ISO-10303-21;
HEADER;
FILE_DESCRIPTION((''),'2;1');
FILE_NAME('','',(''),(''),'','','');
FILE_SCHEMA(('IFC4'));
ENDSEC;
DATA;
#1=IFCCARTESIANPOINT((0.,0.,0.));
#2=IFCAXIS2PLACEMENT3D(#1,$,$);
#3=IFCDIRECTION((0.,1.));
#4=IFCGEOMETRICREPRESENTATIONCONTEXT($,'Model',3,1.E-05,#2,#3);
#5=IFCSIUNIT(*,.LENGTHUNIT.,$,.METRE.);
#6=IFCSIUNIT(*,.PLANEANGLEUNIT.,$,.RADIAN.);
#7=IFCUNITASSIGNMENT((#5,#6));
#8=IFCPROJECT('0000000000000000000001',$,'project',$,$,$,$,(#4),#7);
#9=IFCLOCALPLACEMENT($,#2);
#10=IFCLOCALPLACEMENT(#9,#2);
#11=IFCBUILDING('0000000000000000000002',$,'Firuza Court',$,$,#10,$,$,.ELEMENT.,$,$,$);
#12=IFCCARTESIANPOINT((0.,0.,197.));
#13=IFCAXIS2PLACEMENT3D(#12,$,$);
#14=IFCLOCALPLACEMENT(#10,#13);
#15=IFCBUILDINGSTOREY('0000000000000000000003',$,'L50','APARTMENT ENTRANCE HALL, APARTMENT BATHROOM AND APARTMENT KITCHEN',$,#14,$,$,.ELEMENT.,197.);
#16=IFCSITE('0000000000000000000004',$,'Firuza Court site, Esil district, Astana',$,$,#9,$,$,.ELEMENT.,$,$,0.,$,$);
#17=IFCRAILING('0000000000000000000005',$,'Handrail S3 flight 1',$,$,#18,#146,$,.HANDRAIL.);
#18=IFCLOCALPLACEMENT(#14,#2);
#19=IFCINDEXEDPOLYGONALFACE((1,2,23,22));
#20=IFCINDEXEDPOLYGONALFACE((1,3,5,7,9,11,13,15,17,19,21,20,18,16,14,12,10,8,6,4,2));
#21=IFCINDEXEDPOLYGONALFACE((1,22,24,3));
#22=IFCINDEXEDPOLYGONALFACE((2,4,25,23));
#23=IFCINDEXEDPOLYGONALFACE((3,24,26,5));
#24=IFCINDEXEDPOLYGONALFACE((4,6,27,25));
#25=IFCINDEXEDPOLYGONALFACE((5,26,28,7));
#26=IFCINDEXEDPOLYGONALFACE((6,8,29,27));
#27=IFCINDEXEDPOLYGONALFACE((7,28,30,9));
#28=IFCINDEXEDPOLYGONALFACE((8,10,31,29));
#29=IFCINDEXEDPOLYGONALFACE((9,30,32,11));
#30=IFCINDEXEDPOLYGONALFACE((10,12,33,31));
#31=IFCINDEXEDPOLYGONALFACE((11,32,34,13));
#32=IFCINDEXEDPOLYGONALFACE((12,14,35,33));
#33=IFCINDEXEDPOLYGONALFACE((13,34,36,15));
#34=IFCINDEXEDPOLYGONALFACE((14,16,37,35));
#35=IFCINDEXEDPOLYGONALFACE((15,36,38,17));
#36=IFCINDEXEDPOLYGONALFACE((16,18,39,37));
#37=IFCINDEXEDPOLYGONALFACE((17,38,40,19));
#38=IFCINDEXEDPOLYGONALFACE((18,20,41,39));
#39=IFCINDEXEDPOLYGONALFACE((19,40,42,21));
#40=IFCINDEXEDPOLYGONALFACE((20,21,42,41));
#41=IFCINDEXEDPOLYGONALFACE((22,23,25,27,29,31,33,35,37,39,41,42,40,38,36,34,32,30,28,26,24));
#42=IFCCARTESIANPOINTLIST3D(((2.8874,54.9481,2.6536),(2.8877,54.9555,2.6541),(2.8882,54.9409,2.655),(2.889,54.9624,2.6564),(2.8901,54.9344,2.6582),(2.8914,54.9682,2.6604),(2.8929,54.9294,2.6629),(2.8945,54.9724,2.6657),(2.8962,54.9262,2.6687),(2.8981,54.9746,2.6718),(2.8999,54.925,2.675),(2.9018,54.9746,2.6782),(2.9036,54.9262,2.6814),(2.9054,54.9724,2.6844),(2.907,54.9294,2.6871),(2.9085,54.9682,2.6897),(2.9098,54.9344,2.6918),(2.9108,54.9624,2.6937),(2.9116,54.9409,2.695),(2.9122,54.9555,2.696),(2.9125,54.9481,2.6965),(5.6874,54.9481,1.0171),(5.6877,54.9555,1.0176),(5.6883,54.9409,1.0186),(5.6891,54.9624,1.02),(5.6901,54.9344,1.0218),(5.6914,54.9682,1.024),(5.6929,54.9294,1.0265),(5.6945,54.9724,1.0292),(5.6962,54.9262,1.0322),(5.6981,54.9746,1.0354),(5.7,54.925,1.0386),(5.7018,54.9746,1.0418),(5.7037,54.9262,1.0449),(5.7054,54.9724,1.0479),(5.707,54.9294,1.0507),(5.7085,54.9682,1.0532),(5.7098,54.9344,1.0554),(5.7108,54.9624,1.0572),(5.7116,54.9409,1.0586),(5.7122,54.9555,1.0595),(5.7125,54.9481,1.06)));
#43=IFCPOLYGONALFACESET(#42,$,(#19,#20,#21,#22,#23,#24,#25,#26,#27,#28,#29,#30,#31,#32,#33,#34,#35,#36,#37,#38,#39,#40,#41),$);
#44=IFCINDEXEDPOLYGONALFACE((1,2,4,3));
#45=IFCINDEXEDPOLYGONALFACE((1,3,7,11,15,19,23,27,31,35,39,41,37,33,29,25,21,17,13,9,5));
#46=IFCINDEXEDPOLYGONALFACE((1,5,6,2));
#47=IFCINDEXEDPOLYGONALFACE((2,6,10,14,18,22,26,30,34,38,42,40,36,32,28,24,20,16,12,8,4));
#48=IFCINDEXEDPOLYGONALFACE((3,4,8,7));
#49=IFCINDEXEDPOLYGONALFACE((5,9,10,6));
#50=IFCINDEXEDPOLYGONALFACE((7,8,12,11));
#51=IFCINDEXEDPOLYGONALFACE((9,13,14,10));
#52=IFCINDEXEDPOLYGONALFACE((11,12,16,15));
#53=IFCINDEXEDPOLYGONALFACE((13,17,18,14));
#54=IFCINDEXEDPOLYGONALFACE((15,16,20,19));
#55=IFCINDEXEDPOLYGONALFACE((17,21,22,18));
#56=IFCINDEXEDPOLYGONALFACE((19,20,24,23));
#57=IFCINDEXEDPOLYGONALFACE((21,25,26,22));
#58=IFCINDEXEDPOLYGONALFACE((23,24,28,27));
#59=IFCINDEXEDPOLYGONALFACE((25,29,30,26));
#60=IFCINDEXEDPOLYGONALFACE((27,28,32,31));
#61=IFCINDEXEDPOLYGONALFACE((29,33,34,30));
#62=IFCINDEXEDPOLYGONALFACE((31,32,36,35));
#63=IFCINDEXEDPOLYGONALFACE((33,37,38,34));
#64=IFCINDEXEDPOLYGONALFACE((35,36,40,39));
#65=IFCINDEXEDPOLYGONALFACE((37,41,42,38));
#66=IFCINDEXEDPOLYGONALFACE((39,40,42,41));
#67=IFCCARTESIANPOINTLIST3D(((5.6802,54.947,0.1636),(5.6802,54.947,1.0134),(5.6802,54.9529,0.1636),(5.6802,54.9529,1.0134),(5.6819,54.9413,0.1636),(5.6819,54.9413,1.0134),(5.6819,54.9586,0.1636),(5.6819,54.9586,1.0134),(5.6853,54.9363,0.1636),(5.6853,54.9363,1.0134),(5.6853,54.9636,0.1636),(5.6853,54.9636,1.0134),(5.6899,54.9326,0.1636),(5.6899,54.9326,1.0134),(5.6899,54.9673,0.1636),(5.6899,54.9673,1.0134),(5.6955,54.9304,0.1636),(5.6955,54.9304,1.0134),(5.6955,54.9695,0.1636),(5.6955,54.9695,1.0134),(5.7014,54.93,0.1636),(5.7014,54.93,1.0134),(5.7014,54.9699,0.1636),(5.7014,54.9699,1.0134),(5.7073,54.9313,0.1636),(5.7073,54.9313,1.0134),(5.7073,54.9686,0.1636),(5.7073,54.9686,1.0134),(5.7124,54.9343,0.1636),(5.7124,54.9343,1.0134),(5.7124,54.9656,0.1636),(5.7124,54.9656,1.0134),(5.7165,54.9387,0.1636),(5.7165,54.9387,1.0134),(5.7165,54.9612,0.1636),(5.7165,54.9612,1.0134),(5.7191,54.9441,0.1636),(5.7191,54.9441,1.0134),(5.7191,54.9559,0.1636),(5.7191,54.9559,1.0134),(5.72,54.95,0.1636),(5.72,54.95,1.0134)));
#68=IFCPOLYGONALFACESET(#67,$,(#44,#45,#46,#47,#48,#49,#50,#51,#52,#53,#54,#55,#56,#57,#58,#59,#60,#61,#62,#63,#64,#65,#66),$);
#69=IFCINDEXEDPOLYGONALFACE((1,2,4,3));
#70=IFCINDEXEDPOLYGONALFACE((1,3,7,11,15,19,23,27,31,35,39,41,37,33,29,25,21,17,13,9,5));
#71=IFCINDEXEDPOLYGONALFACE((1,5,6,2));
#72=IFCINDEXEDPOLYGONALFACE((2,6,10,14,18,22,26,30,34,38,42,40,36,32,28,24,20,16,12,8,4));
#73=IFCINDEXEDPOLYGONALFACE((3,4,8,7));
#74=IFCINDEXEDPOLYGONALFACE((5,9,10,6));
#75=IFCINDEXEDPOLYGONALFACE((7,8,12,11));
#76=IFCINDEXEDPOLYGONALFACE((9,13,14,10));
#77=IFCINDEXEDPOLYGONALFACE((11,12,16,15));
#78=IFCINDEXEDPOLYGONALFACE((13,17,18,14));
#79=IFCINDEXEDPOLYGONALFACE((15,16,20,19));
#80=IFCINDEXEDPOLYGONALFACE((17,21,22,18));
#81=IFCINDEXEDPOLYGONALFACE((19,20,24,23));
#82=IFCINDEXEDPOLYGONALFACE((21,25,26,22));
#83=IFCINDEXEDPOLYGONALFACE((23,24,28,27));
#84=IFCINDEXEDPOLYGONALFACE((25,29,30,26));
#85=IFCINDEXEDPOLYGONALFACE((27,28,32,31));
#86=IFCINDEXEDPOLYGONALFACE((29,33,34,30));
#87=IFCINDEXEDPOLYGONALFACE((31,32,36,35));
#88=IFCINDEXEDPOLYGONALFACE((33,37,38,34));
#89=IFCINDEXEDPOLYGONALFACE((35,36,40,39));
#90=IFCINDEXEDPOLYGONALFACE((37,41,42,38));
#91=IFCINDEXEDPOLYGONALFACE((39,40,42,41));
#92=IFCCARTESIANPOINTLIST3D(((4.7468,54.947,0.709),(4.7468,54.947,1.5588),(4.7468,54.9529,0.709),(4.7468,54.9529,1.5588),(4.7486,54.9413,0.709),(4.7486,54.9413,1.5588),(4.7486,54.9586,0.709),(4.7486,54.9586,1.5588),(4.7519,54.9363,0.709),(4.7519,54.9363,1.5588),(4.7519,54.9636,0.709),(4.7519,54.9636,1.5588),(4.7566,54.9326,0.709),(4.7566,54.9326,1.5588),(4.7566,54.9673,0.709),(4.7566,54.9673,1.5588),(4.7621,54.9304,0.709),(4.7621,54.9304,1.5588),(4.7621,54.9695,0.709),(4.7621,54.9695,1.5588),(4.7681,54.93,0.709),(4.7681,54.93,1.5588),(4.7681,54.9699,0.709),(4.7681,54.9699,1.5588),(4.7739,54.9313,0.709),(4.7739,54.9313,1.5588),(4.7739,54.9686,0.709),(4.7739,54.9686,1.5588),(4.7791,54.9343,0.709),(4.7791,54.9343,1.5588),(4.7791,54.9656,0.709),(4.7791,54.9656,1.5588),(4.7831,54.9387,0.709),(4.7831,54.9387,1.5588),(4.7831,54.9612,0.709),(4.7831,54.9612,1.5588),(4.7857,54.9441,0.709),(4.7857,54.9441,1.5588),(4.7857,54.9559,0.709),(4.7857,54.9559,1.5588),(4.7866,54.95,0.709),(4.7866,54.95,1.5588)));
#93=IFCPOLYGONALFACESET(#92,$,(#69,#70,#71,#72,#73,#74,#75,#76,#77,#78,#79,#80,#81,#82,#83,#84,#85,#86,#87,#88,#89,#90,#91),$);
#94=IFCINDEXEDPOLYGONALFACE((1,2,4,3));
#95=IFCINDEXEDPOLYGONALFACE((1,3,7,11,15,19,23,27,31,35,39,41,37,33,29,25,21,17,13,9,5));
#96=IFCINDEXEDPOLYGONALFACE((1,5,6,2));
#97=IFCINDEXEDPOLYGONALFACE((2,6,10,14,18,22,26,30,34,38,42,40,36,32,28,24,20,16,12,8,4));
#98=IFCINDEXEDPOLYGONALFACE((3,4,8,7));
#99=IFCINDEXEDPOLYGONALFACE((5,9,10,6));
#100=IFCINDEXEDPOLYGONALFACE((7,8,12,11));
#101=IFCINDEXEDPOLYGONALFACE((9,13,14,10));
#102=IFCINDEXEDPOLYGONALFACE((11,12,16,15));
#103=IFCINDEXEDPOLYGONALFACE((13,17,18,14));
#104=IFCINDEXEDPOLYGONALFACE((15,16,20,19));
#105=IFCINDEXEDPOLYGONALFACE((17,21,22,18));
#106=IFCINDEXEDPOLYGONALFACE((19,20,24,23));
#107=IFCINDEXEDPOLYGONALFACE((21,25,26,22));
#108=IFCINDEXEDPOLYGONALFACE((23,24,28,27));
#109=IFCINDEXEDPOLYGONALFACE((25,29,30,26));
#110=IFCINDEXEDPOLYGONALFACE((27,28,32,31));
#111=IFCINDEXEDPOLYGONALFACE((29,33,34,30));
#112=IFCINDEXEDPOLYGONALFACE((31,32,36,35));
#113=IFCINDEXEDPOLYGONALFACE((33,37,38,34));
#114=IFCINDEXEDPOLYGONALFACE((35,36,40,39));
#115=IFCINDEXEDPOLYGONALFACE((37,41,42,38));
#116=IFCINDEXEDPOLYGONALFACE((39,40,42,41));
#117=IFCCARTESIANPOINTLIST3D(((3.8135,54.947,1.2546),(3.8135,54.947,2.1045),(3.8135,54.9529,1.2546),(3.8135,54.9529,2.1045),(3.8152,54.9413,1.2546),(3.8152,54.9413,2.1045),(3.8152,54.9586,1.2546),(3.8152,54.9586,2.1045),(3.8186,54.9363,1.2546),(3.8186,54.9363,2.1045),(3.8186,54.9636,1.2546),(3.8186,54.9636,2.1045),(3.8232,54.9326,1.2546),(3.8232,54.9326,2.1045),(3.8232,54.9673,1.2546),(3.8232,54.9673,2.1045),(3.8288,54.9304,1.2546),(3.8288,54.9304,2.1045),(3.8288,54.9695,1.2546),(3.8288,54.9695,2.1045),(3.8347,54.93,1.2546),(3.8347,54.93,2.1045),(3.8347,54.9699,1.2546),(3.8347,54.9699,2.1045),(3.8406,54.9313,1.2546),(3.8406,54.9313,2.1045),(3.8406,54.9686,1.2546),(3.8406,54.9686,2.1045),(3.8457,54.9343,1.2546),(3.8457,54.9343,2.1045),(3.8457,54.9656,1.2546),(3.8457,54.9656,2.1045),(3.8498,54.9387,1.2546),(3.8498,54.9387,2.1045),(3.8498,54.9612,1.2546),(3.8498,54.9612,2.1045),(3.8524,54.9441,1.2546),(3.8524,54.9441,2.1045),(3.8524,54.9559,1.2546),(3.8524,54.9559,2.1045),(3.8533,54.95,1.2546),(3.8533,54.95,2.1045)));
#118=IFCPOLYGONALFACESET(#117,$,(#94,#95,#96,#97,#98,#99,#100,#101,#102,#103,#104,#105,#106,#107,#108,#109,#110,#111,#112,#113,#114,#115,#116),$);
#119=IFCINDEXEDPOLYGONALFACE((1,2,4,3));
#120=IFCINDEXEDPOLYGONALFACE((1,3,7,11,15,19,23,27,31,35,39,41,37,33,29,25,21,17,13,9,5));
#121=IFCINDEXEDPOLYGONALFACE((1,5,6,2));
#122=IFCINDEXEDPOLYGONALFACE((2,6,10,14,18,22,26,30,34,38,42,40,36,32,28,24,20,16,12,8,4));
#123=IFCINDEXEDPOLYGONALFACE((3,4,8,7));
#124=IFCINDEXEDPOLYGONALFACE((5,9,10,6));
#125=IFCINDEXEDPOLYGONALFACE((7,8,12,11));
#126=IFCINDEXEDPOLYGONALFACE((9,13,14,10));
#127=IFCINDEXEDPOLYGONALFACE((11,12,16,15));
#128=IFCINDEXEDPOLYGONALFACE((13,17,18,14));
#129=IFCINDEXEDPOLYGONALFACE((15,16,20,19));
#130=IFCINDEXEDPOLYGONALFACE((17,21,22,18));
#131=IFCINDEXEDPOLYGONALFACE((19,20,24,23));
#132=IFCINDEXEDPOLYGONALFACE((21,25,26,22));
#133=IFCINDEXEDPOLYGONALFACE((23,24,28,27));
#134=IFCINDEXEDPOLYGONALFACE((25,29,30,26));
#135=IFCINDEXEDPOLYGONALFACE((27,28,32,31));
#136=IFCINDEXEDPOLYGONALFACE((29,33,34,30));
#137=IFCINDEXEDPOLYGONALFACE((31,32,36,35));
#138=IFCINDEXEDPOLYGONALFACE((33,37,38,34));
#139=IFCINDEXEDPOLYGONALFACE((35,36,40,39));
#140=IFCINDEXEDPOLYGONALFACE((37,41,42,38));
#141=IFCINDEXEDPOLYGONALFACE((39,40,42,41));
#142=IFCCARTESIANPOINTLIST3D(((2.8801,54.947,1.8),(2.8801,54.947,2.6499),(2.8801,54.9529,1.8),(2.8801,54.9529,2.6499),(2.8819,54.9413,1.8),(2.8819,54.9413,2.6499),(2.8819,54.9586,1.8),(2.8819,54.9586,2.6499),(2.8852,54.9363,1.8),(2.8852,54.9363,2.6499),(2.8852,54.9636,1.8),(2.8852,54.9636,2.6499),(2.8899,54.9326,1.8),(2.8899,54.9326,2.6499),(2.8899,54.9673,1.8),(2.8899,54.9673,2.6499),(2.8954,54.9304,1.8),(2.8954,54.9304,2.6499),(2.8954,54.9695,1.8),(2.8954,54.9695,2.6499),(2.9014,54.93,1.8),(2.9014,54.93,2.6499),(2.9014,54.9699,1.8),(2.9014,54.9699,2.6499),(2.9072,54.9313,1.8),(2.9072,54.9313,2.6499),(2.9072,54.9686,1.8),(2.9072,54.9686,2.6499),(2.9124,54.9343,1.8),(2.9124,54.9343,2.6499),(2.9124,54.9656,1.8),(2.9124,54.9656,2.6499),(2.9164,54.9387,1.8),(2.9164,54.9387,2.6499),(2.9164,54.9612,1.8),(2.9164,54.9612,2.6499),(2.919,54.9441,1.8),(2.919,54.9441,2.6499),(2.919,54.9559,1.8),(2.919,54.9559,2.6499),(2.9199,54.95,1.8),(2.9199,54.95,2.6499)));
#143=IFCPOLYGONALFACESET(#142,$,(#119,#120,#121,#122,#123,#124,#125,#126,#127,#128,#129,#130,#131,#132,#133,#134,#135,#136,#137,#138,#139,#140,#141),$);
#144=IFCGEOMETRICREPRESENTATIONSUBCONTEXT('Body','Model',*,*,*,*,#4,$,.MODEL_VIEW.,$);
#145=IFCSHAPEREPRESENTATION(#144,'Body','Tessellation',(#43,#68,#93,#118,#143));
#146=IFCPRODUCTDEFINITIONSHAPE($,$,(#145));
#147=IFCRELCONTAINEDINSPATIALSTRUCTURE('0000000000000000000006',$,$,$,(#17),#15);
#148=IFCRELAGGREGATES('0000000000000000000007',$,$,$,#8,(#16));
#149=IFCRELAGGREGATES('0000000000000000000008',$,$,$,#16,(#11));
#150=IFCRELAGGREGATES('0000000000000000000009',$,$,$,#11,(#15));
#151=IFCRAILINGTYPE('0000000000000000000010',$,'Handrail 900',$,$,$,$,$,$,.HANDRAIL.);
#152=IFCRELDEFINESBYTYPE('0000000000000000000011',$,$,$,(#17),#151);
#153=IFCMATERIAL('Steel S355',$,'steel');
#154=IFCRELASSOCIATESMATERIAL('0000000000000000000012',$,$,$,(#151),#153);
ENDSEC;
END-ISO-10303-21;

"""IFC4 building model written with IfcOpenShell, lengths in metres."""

from ifc_helpers import new_model, si_unit, direction, frame, origin, origin_2d, place, context, subcontext, project, spatial, circle, extrude, material, type_object, element, save


model = new_model("IFC4")

# Units and contexts
model_context = context("Model", 3, precision=1e-05, world=origin(), true_north=direction((0.0, 1.0)))
body_context = subcontext(model_context, "Body", "Model", "MODEL_VIEW")
ifc_project = project(units=[si_unit("LENGTHUNIT", "METRE"), si_unit("PLANEANGLEUNIT", "RADIAN")], contexts=[model_context])

# Site, building, storey
site_placement = place(None, origin())
site = spatial("IfcSite", under=ifc_project, at=site_placement, Name="Firuza Court site, Esil district, Astana", CompositionType="ELEMENT", RefElevation=0.0)
building_placement = place(site_placement, origin())
building = spatial("IfcBuilding", under=site, at=building_placement, Name="Firuza Court", CompositionType="ELEMENT")
storey_placement = place(building_placement, frame((0.0, 0.0, 197.0)))
storey = spatial("IfcBuildingStorey", under=building, at=storey_placement, Name="L50", Description="APARTMENT ENTRANCE HALL, APARTMENT BATHROOM AND APARTMENT KITCHEN", CompositionType="ELEMENT", Elevation=197.0)

# Railing
ifc_material_1 = material(Name="Steel S355", Category="steel")
railing_type_1 = type_object("IfcRailingType", Name="Handrail 900", PredefinedType="HANDRAIL", material=ifc_material_1)
railing_1_placement = place(storey_placement, frame((5.7, 54.95, 0.1636)))
element("IfcRailing", 1, at=railing_1_placement, inside=storey, type_object=railing_type_1, Name="Handrail S3 flight 1", PredefinedType="HANDRAIL", context=body_context, shape_type="SweptSolid", body=[
    extrude(circle(Radius=0.0249, at=origin_2d()), frame((0.0, 0.0, 0.875), z_axis=(-0.863361, 0.0, 0.504587), x_axis=(0.0, -1.0, 0.0)), (0.0, 0.0, 1.0), 3.2432),
    extrude(circle(Radius=0.02, at=origin_2d()), origin(), (0.0, 0.0, 1.0), 0.8499),
    extrude(circle(Radius=0.02, at=origin_2d()), frame((-0.9333, 0.0, 0.5454)), (0.0, 0.0, 1.0), 0.8499),
    extrude(circle(Radius=0.02, at=origin_2d()), frame((-1.8667, 0.0, 1.0911)), (0.0, 0.0, 1.0), 0.8499),
    extrude(circle(Radius=0.02, at=origin_2d()), frame((-2.8, 0.0, 1.6365)), (0.0, 0.0, 1.0), 0.8499),
])

save(model, "model.ifc")
